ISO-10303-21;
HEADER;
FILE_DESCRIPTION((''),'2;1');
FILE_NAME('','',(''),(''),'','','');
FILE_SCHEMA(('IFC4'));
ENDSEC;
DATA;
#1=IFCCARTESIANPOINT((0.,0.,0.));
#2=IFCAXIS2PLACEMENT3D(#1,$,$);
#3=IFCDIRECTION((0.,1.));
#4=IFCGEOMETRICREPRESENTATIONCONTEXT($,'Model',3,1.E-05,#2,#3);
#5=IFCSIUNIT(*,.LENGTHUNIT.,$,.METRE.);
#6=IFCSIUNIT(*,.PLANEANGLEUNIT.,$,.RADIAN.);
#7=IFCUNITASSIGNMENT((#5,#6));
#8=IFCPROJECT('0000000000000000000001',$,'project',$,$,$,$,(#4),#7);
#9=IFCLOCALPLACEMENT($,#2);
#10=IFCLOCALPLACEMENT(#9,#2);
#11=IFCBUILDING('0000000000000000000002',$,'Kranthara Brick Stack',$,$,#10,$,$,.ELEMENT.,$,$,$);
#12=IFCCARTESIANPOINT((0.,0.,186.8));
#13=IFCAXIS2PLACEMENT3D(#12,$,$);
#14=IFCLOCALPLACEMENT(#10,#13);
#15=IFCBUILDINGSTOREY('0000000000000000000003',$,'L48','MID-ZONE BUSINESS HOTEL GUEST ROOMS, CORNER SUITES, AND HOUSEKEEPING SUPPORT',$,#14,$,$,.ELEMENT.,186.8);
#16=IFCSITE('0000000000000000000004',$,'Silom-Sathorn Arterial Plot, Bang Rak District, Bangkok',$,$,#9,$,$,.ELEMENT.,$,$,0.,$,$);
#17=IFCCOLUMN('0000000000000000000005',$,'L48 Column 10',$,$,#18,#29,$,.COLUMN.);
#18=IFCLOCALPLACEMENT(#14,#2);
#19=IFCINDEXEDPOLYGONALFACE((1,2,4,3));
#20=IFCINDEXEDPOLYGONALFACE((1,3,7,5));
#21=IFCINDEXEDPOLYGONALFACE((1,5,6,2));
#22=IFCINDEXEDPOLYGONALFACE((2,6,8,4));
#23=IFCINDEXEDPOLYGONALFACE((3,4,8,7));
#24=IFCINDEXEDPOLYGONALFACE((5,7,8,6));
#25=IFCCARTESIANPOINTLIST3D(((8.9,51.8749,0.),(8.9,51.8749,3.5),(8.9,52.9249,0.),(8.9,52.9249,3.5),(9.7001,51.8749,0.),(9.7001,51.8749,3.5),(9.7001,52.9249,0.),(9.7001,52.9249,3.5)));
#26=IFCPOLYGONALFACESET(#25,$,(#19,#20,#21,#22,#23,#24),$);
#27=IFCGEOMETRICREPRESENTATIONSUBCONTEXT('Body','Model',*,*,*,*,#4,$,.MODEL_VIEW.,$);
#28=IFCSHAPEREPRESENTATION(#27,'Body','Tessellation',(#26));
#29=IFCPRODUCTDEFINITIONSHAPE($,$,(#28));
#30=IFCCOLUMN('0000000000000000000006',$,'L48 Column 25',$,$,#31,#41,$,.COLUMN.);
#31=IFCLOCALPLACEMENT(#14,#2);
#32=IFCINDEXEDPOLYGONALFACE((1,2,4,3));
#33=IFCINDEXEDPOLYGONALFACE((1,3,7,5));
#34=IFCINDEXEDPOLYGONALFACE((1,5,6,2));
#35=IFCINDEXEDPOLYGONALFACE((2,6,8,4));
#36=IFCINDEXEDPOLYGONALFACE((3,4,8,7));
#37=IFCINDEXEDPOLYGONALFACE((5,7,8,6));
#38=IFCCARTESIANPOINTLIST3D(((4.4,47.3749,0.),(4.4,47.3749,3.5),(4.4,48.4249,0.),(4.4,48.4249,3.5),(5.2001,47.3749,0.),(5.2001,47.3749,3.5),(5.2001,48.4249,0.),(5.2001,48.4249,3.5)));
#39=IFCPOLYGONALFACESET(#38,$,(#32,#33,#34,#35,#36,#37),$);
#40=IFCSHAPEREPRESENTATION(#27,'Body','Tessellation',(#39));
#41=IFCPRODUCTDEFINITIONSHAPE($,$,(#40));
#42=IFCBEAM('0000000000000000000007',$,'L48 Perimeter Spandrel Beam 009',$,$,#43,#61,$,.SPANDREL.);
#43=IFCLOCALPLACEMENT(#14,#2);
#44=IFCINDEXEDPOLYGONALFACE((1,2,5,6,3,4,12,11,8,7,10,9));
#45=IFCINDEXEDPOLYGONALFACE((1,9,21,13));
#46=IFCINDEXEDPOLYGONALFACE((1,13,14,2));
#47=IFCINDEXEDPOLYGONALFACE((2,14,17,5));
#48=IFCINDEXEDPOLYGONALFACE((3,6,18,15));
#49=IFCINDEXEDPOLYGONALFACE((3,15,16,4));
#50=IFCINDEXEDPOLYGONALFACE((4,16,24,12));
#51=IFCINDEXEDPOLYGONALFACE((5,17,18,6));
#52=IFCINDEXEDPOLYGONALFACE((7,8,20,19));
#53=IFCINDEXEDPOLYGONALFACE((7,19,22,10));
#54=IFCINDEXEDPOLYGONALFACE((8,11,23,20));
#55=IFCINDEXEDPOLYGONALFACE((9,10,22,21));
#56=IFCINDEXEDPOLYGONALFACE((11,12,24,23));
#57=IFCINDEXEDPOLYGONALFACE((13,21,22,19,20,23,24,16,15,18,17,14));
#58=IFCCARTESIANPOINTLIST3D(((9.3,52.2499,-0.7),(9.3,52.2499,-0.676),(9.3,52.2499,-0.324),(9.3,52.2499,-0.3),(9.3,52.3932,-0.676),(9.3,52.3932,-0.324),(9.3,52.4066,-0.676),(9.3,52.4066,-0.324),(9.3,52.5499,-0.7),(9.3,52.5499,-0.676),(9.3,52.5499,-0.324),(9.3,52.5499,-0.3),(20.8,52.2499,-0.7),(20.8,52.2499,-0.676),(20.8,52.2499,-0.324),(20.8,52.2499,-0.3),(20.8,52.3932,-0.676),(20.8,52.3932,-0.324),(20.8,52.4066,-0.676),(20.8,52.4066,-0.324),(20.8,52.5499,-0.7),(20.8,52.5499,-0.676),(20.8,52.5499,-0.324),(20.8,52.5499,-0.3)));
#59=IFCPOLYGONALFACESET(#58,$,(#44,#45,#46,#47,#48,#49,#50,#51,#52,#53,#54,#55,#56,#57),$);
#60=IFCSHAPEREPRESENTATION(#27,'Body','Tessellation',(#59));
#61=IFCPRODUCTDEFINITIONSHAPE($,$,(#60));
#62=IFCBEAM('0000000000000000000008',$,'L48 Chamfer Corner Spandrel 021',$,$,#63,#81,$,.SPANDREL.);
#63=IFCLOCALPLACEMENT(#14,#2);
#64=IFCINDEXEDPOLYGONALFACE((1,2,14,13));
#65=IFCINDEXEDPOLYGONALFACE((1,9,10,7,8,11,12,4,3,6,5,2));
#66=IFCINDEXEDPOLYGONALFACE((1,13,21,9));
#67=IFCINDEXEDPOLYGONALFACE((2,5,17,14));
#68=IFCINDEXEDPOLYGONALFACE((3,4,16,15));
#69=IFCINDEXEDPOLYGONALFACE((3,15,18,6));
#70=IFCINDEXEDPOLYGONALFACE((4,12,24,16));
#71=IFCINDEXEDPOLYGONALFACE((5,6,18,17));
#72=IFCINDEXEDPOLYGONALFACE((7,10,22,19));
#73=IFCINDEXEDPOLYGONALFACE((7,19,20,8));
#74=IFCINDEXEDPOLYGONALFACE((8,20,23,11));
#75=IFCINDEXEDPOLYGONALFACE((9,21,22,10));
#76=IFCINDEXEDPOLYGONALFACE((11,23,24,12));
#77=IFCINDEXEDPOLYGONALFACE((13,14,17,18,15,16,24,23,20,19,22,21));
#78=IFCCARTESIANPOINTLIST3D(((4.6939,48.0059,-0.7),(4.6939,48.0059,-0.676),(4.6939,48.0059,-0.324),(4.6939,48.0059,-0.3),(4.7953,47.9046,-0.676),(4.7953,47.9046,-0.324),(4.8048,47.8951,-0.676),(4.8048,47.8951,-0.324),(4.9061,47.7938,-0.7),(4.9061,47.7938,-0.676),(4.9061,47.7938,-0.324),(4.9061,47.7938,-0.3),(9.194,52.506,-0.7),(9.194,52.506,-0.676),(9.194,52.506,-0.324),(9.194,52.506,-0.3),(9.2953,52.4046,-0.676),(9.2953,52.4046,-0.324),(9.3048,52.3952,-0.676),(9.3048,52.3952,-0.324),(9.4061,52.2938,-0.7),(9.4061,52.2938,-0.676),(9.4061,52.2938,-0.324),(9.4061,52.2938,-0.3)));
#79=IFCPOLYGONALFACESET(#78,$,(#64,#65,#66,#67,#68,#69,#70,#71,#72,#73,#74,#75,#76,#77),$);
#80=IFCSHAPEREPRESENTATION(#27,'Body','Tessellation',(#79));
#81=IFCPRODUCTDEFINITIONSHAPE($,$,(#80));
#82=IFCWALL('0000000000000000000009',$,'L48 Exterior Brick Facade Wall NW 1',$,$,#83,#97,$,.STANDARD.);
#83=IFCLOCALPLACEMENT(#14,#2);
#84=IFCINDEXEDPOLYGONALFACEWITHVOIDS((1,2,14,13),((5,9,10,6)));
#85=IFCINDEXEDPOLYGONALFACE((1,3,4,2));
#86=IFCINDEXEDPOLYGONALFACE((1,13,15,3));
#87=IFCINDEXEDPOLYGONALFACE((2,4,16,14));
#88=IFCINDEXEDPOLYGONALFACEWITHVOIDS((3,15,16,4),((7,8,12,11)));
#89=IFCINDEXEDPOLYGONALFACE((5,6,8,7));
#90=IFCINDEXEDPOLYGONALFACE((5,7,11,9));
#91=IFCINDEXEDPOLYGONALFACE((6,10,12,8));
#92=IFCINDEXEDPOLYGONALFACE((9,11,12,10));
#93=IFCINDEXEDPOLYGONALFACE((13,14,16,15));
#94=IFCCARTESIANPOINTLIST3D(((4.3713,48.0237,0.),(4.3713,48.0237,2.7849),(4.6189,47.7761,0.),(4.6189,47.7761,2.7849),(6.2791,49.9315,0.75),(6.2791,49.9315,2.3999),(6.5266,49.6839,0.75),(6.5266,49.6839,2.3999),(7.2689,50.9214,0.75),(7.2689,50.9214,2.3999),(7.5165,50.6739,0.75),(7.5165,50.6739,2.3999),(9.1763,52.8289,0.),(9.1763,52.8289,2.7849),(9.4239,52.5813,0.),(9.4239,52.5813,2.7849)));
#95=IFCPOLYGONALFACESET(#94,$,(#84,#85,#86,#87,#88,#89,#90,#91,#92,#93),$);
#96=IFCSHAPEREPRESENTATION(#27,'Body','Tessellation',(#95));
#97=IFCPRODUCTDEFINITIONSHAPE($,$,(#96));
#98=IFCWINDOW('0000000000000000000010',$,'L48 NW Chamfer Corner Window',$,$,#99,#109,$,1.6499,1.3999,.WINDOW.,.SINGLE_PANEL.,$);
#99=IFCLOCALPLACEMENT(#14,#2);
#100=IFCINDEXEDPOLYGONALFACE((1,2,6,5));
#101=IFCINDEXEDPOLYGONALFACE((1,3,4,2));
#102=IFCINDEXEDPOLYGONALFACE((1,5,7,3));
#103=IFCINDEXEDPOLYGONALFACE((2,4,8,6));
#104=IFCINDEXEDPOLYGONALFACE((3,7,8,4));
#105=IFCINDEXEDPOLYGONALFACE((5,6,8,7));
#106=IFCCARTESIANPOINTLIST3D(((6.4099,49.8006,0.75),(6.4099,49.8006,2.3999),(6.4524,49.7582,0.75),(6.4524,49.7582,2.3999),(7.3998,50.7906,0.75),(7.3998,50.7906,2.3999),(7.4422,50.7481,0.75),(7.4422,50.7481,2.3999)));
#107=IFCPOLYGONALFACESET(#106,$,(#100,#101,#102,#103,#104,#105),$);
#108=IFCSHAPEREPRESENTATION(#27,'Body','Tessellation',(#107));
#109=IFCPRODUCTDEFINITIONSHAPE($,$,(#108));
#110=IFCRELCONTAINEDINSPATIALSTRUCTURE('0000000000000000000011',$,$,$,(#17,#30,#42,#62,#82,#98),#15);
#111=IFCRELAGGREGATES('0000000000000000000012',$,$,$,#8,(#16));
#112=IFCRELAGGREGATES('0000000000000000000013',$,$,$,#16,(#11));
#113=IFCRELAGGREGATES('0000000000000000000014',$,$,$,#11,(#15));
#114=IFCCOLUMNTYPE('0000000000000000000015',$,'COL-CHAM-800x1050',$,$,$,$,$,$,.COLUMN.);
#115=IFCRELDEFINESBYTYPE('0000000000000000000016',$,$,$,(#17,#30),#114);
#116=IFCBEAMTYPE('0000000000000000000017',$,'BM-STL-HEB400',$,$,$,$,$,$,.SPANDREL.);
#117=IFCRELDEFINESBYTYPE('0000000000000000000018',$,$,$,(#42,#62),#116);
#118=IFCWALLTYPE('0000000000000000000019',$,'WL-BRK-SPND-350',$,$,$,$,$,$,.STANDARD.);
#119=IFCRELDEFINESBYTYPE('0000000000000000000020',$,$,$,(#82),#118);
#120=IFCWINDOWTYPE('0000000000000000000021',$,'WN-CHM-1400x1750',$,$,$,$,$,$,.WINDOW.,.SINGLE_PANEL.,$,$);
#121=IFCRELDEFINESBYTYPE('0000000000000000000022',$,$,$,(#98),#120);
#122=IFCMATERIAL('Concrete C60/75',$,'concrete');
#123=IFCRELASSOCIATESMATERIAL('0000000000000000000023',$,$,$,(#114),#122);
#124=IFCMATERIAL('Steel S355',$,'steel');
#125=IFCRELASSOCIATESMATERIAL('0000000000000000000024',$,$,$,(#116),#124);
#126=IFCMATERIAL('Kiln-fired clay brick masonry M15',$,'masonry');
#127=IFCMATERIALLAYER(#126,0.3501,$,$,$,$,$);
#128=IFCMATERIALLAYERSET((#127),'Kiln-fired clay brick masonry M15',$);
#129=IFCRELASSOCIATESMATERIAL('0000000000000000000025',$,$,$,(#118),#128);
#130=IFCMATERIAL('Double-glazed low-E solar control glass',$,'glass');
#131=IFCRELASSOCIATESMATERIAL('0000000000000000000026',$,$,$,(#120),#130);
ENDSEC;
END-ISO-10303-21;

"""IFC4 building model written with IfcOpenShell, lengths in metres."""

from ifc_helpers import new_model, si_unit, direction, frame, frame_2d, origin, origin_2d, place, context, subcontext, project, spatial, rectangle, i_section, extrude, material, layer, layer_set, material_profile, profile_set, type_object, element, fill, save


model = new_model("IFC4")

# Units and contexts
model_context = context("Model", 3, precision=1e-05, world=origin(), true_north=direction((0.0, 1.0)))
body_context = subcontext(model_context, "Body", "Model", "MODEL_VIEW")
ifc_project = project(units=[si_unit("LENGTHUNIT", "METRE"), si_unit("PLANEANGLEUNIT", "RADIAN")], contexts=[model_context])

# Site, building, storey
site_placement = place(None, origin())
site = spatial("IfcSite", under=ifc_project, at=site_placement, Name="Silom-Sathorn Arterial Plot, Bang Rak District, Bangkok", CompositionType="ELEMENT", RefElevation=0.0)
building_placement = place(site_placement, origin())
building = spatial("IfcBuilding", under=site, at=building_placement, Name="Kranthara Brick Stack", CompositionType="ELEMENT")
storey_placement = place(building_placement, frame((0.0, 0.0, 186.8)))
storey = spatial("IfcBuildingStorey", under=building, at=storey_placement, Name="L48", Description="MID-ZONE BUSINESS HOTEL GUEST ROOMS, CORNER SUITES, AND HOUSEKEEPING SUPPORT", CompositionType="ELEMENT", Elevation=186.8)

# Columns
ifc_material_1 = material(Name="Concrete C60/75", Category="concrete")
ifc_material_profile_1 = material_profile(ifc_material_1, rectangle(XDim=0.8, YDim=1.05, at=origin_2d()), Name="RC 800x1050")
ifc_profile_set_1 = profile_set([ifc_material_profile_1], Name="Concrete C60/75")
column_type = type_object("IfcColumnType", Name="COL-CHAM-800x1050", PredefinedType="COLUMN", material=ifc_profile_set_1)
for number, where, z_axis, x_axis, name in (
    (1, (9.3, 52.3999, 0.0), (0.0, 0.0, 1.0), (1.0, 0.0, 0.0), "L48 Column 10"),
    (2, (4.8, 47.8999, 0.0), (0.0, 0.0, 1.0), (1.0, 0.0, 0.0), "L48 Column 25"),
):
    element("IfcColumn", number, at=place(storey_placement, frame(where, z_axis=z_axis, x_axis=x_axis)), inside=storey, type_object=column_type, Name=name, PredefinedType="COLUMN", context=body_context, shape_type="SweptSolid", body=[
        extrude(rectangle(XDim=0.8, YDim=1.05, at=origin_2d()), origin(), (0.0, 0.0, 1.0), 3.5),
    ])

# Beams
ifc_material_2 = material(Name="Steel S355", Category="steel")
ifc_material_profile_2 = material_profile(ifc_material_2, i_section(OverallWidth=0.3, OverallDepth=0.3999, WebThickness=0.0134, FlangeThickness=0.0239, at=origin_2d()), Name="HEB 400")
ifc_profile_set_2 = profile_set([ifc_material_profile_2], Name="Steel S355")
beam_type = type_object("IfcBeamType", Name="BM-STL-HEB400", PredefinedType="SPANDREL", material=ifc_profile_set_2)
beam_1_placement = place(storey_placement, frame((9.3, 52.3999, -0.5), z_axis=(1.0, 0.0, 0.0), x_axis=(0.0, 1.0, 0.0)))
element("IfcBeam", 3, at=beam_1_placement, inside=storey, type_object=beam_type, Name="L48 Perimeter Spandrel Beam 009", PredefinedType="SPANDREL", context=body_context, shape_type="SweptSolid", body=[
    extrude(i_section(OverallWidth=0.3, OverallDepth=0.3999, WebThickness=0.0134, FlangeThickness=0.0239, at=origin_2d()), origin(), (0.0, 0.0, 1.0), 11.5),
])
beam_2_placement = place(storey_placement, frame((9.3, 52.3999, -0.5), z_axis=(-0.707107, -0.707107, 0.0), x_axis=(0.707107, -0.707107, 0.0)))
element("IfcBeam", 4, at=beam_2_placement, inside=storey, type_object=beam_type, Name="L48 Chamfer Corner Spandrel 021", PredefinedType="SPANDREL", context=body_context, shape_type="SweptSolid", body=[
    extrude(i_section(OverallWidth=0.3, OverallDepth=0.3999, WebThickness=0.0134, FlangeThickness=0.0239, at=origin_2d()), origin(), (0.0, 0.0, 1.0), 6.364),
])

# Wall, opening, window
ifc_material_3 = material(Name="Kiln-fired clay brick masonry M15", Category="masonry")
ifc_layer_1 = layer(ifc_material_3, 0.3501)
ifc_layer_set_1 = layer_set([ifc_layer_1], Name="Kiln-fired clay brick masonry M15")
wall_type_1 = type_object("IfcWallType", Name="WL-BRK-SPND-350", PredefinedType="STANDARD", material=ifc_layer_set_1)
wall_1_placement = place(storey_placement, frame((4.4951, 47.8999, 0.0), z_axis=(0.0, 0.0, 1.0), x_axis=(0.707089, 0.707125, 0.0)))
wall_1 = element("IfcWall", 5, at=wall_1_placement, inside=storey, type_object=wall_type_1, Name="L48 Exterior Brick Facade Wall NW 1", PredefinedType="STANDARD", context=body_context, shape_type="SweptSolid", body=[
    extrude(rectangle(XDim=6.7954, YDim=0.3501, at=frame_2d((3.3977, 0.0))), origin(), (0.0, 0.0, 1.0), 2.7849),
])
opening_1_placement = place(wall_1_placement, frame((2.698, 0.0, 0.75)))
opening_1 = element("IfcOpeningElement", 6, at=opening_1_placement, cuts=wall_1, PredefinedType="OPENING", context=body_context, shape_type="SweptSolid", body=[
    extrude(rectangle(XDim=1.3999, YDim=1.6499, at=frame_2d((0.7, 0.825))), frame((0.0, 0.1851, 0.0), z_axis=(0.0, -1.0, 0.0), x_axis=(1.0, 0.0, 0.0)), (0.0, 0.0, 1.0), 0.3701),
])
ifc_material_4 = material(Name="Double-glazed low-E solar control glass", Category="glass")
window_type_1 = type_object("IfcWindowType", Name="WN-CHM-1400x1750", PartitioningType="SINGLE_PANEL", PredefinedType="WINDOW", material=ifc_material_4)
window_1_placement = place(opening_1_placement, origin())
window_1 = element("IfcWindow", 7, at=window_1_placement, inside=storey, type_object=window_type_1, Name="L48 NW Chamfer Corner Window", OverallHeight=1.6499, OverallWidth=1.3999, PartitioningType="SINGLE_PANEL", PredefinedType="WINDOW", context=body_context, shape_type="SweptSolid", body=[
    extrude(rectangle(XDim=1.3999, YDim=1.6499, at=frame_2d((0.7, 0.825))), frame((0.0, -0.01, 0.0), z_axis=(0.0, -1.0, 0.0), x_axis=(1.0, 0.0, 0.0)), (0.0, 0.0, 1.0), 0.0601),
])
fill(opening_1, window_1)

save(model, "model.ifc")
